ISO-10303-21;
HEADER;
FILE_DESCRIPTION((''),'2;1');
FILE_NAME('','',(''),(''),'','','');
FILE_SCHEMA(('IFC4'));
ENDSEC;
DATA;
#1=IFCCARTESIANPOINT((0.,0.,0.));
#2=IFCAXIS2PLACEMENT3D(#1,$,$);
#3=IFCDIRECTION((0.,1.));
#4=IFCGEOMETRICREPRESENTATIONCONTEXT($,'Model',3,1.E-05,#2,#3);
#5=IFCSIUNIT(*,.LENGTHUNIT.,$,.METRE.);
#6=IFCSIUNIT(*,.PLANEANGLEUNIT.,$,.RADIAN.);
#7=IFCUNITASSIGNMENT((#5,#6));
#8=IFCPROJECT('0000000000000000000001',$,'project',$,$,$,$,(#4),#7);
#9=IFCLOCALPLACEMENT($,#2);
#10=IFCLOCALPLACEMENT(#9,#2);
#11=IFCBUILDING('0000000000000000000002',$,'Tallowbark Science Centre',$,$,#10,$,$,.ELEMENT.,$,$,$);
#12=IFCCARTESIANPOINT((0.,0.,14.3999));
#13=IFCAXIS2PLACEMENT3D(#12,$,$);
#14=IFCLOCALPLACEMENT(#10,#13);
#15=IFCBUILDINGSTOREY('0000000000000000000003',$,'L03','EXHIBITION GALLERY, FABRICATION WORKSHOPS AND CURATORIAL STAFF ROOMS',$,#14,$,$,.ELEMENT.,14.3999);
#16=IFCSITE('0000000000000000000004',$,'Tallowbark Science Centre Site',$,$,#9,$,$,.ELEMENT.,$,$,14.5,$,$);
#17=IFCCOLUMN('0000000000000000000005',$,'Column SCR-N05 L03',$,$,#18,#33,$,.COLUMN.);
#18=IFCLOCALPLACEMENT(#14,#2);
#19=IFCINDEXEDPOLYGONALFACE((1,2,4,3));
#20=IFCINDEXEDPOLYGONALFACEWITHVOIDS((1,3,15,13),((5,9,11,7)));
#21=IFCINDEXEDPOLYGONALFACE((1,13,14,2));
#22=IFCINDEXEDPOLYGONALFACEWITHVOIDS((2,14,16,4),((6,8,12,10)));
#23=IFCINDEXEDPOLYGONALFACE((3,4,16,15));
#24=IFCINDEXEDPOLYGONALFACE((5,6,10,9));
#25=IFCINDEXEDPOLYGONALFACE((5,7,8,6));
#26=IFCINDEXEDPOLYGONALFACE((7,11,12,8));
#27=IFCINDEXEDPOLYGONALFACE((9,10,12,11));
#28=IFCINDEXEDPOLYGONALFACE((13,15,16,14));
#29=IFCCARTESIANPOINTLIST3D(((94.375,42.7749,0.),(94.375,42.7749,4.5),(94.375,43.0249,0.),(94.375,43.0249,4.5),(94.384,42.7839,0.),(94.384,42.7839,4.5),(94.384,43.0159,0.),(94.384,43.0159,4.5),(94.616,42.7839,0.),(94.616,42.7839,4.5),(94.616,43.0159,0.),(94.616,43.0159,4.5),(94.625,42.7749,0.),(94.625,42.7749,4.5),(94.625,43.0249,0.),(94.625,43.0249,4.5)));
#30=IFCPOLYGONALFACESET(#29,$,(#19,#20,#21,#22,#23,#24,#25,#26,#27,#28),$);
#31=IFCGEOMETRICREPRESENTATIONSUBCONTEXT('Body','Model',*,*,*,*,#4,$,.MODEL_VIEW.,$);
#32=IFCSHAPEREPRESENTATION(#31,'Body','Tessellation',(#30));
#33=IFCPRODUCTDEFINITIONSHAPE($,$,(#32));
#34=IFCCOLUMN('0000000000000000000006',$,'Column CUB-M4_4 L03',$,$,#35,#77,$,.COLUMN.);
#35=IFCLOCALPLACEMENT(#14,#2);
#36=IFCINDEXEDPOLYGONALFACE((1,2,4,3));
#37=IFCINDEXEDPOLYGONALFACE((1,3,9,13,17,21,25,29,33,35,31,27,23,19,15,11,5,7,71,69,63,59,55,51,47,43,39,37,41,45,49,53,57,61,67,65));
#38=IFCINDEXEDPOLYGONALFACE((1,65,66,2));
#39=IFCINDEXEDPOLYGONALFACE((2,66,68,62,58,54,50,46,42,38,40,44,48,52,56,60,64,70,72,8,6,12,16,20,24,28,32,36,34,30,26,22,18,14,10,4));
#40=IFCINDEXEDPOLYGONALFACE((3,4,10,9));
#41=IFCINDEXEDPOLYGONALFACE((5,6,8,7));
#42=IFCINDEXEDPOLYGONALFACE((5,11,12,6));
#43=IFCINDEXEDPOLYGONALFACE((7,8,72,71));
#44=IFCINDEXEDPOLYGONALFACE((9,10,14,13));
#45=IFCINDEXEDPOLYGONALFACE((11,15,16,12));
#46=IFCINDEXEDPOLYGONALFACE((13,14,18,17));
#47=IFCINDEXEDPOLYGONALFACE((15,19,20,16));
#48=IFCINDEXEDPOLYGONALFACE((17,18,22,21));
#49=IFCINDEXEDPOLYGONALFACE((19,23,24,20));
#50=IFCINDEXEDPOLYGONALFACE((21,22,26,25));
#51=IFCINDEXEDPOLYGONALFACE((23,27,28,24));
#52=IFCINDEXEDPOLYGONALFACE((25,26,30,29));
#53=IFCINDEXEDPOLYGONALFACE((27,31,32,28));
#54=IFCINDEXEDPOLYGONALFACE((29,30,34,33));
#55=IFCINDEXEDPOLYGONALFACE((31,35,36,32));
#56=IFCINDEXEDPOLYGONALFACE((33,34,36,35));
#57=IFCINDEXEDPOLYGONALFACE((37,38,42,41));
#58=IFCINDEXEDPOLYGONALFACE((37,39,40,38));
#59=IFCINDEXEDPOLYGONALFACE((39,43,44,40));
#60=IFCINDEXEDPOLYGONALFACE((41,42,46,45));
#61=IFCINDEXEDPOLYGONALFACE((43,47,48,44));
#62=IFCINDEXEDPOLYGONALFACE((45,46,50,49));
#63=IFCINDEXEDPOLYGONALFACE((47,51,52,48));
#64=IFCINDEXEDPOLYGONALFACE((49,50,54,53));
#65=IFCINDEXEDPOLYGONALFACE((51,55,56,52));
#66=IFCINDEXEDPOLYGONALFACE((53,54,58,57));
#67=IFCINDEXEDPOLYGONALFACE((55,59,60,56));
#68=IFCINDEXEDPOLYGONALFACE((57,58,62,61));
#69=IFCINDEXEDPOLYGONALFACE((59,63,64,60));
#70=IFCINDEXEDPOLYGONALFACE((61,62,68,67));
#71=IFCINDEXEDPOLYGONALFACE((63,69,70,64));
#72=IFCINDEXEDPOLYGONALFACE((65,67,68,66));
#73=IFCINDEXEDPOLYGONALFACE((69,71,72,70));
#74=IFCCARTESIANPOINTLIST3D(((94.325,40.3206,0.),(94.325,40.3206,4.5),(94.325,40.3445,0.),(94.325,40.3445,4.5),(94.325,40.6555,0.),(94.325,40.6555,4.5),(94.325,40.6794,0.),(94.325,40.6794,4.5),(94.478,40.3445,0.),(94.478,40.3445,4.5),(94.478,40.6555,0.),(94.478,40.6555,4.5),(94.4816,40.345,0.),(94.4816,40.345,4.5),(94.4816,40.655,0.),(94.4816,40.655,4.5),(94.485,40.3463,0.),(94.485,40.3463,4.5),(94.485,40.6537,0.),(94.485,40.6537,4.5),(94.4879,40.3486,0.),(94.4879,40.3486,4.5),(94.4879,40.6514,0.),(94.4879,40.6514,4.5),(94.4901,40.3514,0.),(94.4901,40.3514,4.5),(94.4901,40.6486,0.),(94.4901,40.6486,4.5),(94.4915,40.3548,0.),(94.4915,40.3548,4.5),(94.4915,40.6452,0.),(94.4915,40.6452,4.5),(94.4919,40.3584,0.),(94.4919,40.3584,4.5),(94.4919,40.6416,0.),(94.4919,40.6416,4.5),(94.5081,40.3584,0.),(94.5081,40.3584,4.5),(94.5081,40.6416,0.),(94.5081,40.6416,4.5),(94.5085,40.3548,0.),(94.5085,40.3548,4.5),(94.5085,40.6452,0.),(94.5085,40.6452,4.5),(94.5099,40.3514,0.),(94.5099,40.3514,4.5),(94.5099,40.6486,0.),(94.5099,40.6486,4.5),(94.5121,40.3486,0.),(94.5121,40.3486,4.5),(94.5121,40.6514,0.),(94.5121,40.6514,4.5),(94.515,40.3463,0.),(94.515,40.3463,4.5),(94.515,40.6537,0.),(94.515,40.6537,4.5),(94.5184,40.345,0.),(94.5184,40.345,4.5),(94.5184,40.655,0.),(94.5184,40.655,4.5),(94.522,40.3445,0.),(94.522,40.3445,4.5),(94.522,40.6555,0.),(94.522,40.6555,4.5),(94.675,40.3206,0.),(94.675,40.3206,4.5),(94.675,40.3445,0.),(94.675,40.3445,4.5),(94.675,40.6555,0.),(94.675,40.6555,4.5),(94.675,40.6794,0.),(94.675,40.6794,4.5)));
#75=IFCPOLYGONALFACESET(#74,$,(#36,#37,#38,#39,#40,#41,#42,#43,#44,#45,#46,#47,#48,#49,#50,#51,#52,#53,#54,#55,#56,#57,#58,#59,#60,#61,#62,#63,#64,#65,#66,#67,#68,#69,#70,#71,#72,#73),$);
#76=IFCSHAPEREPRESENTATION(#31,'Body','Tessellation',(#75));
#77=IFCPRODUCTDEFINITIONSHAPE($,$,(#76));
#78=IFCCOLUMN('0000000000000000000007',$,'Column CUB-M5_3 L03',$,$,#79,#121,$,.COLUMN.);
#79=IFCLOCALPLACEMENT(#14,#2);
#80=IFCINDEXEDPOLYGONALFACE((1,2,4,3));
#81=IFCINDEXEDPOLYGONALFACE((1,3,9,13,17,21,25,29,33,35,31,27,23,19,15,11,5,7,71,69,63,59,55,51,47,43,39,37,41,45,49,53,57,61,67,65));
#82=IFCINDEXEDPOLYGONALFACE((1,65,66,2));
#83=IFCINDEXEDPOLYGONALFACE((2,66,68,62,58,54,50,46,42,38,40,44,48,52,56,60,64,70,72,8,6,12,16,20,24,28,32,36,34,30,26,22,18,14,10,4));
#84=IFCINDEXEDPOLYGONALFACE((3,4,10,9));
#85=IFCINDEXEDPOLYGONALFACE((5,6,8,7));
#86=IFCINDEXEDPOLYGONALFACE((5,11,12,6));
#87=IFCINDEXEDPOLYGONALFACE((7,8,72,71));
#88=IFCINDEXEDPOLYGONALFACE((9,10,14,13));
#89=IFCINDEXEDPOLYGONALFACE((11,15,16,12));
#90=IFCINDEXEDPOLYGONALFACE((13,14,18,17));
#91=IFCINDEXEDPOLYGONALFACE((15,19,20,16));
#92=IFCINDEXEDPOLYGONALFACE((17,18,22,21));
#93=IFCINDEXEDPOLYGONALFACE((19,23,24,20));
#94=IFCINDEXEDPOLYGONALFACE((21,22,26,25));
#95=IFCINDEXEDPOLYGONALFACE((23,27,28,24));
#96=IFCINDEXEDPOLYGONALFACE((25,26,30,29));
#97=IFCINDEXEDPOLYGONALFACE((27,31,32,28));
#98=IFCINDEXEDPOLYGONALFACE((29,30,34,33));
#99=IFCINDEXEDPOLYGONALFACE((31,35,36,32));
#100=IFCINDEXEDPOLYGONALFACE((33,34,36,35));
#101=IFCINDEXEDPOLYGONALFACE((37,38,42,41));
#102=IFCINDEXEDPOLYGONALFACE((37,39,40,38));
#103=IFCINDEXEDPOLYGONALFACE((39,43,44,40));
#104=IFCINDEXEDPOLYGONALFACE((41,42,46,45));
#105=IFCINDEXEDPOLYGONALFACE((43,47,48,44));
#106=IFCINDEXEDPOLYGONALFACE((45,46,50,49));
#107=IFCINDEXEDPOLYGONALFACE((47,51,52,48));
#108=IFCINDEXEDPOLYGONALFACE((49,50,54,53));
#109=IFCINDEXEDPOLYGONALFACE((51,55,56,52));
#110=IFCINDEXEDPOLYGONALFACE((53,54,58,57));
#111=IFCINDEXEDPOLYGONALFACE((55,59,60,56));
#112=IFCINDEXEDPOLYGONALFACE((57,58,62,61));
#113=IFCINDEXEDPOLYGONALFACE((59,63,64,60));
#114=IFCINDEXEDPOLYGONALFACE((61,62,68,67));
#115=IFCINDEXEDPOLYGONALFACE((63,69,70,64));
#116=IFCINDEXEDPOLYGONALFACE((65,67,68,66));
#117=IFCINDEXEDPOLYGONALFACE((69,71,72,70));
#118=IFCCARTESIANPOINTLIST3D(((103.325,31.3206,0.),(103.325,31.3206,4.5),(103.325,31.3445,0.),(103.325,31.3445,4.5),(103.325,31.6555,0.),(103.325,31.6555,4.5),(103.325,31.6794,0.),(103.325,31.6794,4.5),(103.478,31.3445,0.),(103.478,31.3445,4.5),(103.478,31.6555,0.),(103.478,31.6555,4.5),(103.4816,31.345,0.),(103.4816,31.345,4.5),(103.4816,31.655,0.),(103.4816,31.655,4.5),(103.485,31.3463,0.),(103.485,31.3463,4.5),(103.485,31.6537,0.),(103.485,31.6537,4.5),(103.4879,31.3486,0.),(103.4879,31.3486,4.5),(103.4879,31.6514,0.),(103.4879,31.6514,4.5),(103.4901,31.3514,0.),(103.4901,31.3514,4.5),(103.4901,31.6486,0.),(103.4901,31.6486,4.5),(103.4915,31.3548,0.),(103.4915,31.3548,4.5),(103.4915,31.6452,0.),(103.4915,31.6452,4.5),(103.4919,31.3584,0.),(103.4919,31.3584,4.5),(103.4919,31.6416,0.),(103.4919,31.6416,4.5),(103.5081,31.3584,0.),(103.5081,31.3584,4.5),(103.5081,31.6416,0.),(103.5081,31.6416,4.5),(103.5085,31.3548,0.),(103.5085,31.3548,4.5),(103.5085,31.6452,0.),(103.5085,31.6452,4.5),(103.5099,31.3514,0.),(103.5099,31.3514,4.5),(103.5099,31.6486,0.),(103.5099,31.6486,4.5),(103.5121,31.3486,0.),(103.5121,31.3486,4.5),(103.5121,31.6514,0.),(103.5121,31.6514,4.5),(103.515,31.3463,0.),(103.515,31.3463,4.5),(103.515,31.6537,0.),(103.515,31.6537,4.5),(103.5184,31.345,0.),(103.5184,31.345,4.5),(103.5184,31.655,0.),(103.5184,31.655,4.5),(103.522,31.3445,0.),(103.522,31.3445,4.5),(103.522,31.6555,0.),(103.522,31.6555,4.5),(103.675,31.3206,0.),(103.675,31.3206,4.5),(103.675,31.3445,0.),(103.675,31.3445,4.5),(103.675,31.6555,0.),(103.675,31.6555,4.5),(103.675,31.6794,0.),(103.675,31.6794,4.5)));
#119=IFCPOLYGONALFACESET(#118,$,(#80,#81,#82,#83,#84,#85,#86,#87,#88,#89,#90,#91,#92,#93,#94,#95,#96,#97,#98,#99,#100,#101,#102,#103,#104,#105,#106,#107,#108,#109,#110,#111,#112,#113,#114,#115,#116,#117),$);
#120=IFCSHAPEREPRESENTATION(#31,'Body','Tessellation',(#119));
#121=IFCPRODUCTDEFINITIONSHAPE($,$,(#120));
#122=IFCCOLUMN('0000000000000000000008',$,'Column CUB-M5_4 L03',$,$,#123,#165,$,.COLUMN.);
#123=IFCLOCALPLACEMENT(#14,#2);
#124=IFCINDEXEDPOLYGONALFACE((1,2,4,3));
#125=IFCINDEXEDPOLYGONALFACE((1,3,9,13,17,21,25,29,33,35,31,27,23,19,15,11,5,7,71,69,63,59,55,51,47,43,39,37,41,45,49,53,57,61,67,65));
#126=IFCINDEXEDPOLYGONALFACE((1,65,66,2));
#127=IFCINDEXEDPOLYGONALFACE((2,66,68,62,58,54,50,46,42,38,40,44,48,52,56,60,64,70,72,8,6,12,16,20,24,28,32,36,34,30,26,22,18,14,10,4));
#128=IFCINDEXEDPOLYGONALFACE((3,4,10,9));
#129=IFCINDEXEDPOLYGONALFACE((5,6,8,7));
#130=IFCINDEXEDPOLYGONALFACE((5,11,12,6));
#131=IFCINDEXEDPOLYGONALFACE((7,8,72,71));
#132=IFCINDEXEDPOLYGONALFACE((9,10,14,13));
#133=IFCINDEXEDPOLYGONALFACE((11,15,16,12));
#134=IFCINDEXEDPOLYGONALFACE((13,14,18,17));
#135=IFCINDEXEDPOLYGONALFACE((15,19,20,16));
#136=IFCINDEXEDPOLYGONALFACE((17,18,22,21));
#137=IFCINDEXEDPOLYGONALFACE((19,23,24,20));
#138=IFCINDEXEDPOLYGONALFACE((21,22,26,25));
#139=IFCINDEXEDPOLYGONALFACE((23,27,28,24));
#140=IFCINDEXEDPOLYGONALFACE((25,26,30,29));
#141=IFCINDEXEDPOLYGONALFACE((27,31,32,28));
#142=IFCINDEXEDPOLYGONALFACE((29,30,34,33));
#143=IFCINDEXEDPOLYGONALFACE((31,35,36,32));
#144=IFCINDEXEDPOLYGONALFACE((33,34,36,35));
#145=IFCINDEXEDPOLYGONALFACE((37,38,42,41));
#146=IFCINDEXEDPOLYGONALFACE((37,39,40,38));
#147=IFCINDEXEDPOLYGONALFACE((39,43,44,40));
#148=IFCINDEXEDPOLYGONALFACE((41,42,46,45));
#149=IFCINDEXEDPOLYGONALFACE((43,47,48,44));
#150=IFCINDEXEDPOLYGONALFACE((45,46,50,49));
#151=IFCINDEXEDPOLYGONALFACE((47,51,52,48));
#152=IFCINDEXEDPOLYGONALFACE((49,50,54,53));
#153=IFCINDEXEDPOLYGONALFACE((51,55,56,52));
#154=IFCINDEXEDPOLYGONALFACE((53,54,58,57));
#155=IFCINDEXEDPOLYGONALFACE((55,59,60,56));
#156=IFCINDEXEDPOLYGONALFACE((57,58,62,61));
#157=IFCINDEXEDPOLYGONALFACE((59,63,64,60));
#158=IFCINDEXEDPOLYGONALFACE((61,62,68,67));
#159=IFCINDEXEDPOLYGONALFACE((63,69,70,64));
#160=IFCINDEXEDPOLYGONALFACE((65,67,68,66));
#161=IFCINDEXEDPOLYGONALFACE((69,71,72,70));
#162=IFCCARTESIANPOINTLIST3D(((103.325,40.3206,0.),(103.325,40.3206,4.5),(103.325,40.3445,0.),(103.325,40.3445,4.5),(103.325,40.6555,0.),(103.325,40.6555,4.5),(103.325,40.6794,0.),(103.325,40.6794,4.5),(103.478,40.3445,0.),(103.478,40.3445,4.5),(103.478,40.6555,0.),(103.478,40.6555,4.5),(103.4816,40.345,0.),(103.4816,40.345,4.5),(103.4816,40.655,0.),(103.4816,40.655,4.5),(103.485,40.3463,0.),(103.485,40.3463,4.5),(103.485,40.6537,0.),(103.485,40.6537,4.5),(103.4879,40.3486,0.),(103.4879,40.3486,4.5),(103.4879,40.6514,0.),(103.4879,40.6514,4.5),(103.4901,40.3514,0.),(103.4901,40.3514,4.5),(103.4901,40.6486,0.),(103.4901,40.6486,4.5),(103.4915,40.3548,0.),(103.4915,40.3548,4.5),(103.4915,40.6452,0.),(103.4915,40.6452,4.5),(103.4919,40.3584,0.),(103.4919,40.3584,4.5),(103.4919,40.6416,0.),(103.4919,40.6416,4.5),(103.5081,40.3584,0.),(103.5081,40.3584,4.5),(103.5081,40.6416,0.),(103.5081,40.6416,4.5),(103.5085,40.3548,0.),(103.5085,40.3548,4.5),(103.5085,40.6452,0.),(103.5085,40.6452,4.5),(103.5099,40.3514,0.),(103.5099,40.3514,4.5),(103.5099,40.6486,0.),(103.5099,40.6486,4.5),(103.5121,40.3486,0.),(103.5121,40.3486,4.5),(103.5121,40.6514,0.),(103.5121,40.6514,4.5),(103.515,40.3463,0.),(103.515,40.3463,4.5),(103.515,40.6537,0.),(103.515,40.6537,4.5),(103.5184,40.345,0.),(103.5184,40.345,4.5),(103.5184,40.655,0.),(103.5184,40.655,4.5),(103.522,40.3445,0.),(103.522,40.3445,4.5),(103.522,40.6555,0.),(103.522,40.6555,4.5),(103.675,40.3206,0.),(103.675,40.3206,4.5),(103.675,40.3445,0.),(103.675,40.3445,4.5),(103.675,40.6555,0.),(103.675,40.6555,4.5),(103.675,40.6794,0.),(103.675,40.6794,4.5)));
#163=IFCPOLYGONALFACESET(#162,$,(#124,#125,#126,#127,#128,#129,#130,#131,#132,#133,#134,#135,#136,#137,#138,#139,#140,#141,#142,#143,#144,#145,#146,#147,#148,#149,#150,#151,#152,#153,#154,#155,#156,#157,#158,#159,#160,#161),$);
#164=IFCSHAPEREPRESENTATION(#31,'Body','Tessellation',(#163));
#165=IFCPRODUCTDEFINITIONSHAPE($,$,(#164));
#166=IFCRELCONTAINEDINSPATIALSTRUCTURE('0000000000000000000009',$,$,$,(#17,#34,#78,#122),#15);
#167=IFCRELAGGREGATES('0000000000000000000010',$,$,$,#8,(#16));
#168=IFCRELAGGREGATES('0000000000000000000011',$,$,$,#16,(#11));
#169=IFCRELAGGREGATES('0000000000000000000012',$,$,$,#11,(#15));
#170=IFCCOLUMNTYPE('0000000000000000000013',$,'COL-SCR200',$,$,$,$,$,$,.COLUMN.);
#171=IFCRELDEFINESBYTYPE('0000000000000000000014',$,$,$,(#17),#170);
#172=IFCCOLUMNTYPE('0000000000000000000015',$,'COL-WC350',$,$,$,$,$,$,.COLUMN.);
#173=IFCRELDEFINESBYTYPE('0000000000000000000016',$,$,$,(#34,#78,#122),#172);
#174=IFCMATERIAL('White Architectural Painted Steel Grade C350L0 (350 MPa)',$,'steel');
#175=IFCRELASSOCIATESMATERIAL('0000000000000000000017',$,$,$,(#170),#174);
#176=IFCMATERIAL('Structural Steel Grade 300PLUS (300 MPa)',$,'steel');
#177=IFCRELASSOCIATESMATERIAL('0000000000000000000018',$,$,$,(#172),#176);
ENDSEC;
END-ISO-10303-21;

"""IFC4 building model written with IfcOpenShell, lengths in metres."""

from ifc_helpers import new_model, si_unit, direction, frame, origin, origin_2d, place, context, subcontext, project, spatial, hollow_rectangle, i_section, extrude, material, material_profile, profile_set, type_object, element, save


model = new_model("IFC4")

# Units and contexts
model_context = context("Model", 3, precision=1e-05, world=origin(), true_north=direction((0.0, 1.0)))
body_context = subcontext(model_context, "Body", "Model", "MODEL_VIEW")
ifc_project = project(units=[si_unit("LENGTHUNIT", "METRE"), si_unit("PLANEANGLEUNIT", "RADIAN")], contexts=[model_context])

# Site, building, storey
site_placement = place(None, origin())
site = spatial("IfcSite", under=ifc_project, at=site_placement, Name="Tallowbark Science Centre Site", CompositionType="ELEMENT", RefElevation=14.5)
building_placement = place(site_placement, origin())
building = spatial("IfcBuilding", under=site, at=building_placement, Name="Tallowbark Science Centre", CompositionType="ELEMENT")
storey_placement = place(building_placement, frame((0.0, 0.0, 14.3999)))
storey = spatial("IfcBuildingStorey", under=building, at=storey_placement, Name="L03", Description="EXHIBITION GALLERY, FABRICATION WORKSHOPS AND CURATORIAL STAFF ROOMS", CompositionType="ELEMENT", Elevation=14.3999)

# Columns
ifc_material_1 = material(Name="White Architectural Painted Steel Grade C350L0 (350 MPa)", Category="steel")
ifc_material_profile_1 = material_profile(ifc_material_1, hollow_rectangle(XDim=0.25, YDim=0.25, WallThickness=0.009, at=origin_2d()), Name="250x250x9.0SHS")
ifc_profile_set_1 = profile_set([ifc_material_profile_1], Name="White Architectural Painted Steel Grade C350L0 (350 MPa)")
column_type_1 = type_object("IfcColumnType", Name="COL-SCR200", PredefinedType="COLUMN", material=ifc_profile_set_1)
column_placement = place(storey_placement, frame((94.5, 42.8999, 0.0), z_axis=(0.0, 0.0, 1.0), x_axis=(1.0, 0.0, 0.0)))
element("IfcColumn", 1, at=column_placement, inside=storey, type_object=column_type_1, Name="Column SCR-N05 L03", PredefinedType="COLUMN", context=body_context, shape_type="SweptSolid", body=[
    extrude(hollow_rectangle(XDim=0.25, YDim=0.25, WallThickness=0.009, at=origin_2d()), origin(), (0.0, 0.0, 1.0), 4.5),
])
ifc_material_2 = material(Name="Structural Steel Grade 300PLUS (300 MPa)", Category="steel")
ifc_material_profile_2 = material_profile(ifc_material_2, i_section(OverallWidth=0.3501, OverallDepth=0.3589, WebThickness=0.0161, FlangeThickness=0.0239, FilletRadius=0.0139, at=origin_2d()), Name="350WC197")
ifc_profile_set_2 = profile_set([ifc_material_profile_2], Name="Structural Steel Grade 300PLUS (300 MPa)")
column_type_2 = type_object("IfcColumnType", Name="COL-WC350", PredefinedType="COLUMN", material=ifc_profile_set_2)
for number, where, z_axis, x_axis, name in (
    (2, (94.5, 40.5, 0.0), (0.0, 0.0, 1.0), (1.0, 0.0, 0.0), "Column CUB-M4_4 L03"),
    (3, (103.5, 31.5, 0.0), (0.0, 0.0, 1.0), (1.0, 0.0, 0.0), "Column CUB-M5_3 L03"),
    (4, (103.5, 40.5, 0.0), (0.0, 0.0, 1.0), (1.0, 0.0, 0.0), "Column CUB-M5_4 L03"),
):
    element("IfcColumn", number, at=place(storey_placement, frame(where, z_axis=z_axis, x_axis=x_axis)), inside=storey, type_object=column_type_2, Name=name, PredefinedType="COLUMN", context=body_context, shape_type="SweptSolid", body=[
        extrude(i_section(OverallWidth=0.3501, OverallDepth=0.3589, WebThickness=0.0161, FlangeThickness=0.0239, FilletRadius=0.0139, at=origin_2d()), origin(), (0.0, 0.0, 1.0), 4.5),
    ])

save(model, "model.ifc")
